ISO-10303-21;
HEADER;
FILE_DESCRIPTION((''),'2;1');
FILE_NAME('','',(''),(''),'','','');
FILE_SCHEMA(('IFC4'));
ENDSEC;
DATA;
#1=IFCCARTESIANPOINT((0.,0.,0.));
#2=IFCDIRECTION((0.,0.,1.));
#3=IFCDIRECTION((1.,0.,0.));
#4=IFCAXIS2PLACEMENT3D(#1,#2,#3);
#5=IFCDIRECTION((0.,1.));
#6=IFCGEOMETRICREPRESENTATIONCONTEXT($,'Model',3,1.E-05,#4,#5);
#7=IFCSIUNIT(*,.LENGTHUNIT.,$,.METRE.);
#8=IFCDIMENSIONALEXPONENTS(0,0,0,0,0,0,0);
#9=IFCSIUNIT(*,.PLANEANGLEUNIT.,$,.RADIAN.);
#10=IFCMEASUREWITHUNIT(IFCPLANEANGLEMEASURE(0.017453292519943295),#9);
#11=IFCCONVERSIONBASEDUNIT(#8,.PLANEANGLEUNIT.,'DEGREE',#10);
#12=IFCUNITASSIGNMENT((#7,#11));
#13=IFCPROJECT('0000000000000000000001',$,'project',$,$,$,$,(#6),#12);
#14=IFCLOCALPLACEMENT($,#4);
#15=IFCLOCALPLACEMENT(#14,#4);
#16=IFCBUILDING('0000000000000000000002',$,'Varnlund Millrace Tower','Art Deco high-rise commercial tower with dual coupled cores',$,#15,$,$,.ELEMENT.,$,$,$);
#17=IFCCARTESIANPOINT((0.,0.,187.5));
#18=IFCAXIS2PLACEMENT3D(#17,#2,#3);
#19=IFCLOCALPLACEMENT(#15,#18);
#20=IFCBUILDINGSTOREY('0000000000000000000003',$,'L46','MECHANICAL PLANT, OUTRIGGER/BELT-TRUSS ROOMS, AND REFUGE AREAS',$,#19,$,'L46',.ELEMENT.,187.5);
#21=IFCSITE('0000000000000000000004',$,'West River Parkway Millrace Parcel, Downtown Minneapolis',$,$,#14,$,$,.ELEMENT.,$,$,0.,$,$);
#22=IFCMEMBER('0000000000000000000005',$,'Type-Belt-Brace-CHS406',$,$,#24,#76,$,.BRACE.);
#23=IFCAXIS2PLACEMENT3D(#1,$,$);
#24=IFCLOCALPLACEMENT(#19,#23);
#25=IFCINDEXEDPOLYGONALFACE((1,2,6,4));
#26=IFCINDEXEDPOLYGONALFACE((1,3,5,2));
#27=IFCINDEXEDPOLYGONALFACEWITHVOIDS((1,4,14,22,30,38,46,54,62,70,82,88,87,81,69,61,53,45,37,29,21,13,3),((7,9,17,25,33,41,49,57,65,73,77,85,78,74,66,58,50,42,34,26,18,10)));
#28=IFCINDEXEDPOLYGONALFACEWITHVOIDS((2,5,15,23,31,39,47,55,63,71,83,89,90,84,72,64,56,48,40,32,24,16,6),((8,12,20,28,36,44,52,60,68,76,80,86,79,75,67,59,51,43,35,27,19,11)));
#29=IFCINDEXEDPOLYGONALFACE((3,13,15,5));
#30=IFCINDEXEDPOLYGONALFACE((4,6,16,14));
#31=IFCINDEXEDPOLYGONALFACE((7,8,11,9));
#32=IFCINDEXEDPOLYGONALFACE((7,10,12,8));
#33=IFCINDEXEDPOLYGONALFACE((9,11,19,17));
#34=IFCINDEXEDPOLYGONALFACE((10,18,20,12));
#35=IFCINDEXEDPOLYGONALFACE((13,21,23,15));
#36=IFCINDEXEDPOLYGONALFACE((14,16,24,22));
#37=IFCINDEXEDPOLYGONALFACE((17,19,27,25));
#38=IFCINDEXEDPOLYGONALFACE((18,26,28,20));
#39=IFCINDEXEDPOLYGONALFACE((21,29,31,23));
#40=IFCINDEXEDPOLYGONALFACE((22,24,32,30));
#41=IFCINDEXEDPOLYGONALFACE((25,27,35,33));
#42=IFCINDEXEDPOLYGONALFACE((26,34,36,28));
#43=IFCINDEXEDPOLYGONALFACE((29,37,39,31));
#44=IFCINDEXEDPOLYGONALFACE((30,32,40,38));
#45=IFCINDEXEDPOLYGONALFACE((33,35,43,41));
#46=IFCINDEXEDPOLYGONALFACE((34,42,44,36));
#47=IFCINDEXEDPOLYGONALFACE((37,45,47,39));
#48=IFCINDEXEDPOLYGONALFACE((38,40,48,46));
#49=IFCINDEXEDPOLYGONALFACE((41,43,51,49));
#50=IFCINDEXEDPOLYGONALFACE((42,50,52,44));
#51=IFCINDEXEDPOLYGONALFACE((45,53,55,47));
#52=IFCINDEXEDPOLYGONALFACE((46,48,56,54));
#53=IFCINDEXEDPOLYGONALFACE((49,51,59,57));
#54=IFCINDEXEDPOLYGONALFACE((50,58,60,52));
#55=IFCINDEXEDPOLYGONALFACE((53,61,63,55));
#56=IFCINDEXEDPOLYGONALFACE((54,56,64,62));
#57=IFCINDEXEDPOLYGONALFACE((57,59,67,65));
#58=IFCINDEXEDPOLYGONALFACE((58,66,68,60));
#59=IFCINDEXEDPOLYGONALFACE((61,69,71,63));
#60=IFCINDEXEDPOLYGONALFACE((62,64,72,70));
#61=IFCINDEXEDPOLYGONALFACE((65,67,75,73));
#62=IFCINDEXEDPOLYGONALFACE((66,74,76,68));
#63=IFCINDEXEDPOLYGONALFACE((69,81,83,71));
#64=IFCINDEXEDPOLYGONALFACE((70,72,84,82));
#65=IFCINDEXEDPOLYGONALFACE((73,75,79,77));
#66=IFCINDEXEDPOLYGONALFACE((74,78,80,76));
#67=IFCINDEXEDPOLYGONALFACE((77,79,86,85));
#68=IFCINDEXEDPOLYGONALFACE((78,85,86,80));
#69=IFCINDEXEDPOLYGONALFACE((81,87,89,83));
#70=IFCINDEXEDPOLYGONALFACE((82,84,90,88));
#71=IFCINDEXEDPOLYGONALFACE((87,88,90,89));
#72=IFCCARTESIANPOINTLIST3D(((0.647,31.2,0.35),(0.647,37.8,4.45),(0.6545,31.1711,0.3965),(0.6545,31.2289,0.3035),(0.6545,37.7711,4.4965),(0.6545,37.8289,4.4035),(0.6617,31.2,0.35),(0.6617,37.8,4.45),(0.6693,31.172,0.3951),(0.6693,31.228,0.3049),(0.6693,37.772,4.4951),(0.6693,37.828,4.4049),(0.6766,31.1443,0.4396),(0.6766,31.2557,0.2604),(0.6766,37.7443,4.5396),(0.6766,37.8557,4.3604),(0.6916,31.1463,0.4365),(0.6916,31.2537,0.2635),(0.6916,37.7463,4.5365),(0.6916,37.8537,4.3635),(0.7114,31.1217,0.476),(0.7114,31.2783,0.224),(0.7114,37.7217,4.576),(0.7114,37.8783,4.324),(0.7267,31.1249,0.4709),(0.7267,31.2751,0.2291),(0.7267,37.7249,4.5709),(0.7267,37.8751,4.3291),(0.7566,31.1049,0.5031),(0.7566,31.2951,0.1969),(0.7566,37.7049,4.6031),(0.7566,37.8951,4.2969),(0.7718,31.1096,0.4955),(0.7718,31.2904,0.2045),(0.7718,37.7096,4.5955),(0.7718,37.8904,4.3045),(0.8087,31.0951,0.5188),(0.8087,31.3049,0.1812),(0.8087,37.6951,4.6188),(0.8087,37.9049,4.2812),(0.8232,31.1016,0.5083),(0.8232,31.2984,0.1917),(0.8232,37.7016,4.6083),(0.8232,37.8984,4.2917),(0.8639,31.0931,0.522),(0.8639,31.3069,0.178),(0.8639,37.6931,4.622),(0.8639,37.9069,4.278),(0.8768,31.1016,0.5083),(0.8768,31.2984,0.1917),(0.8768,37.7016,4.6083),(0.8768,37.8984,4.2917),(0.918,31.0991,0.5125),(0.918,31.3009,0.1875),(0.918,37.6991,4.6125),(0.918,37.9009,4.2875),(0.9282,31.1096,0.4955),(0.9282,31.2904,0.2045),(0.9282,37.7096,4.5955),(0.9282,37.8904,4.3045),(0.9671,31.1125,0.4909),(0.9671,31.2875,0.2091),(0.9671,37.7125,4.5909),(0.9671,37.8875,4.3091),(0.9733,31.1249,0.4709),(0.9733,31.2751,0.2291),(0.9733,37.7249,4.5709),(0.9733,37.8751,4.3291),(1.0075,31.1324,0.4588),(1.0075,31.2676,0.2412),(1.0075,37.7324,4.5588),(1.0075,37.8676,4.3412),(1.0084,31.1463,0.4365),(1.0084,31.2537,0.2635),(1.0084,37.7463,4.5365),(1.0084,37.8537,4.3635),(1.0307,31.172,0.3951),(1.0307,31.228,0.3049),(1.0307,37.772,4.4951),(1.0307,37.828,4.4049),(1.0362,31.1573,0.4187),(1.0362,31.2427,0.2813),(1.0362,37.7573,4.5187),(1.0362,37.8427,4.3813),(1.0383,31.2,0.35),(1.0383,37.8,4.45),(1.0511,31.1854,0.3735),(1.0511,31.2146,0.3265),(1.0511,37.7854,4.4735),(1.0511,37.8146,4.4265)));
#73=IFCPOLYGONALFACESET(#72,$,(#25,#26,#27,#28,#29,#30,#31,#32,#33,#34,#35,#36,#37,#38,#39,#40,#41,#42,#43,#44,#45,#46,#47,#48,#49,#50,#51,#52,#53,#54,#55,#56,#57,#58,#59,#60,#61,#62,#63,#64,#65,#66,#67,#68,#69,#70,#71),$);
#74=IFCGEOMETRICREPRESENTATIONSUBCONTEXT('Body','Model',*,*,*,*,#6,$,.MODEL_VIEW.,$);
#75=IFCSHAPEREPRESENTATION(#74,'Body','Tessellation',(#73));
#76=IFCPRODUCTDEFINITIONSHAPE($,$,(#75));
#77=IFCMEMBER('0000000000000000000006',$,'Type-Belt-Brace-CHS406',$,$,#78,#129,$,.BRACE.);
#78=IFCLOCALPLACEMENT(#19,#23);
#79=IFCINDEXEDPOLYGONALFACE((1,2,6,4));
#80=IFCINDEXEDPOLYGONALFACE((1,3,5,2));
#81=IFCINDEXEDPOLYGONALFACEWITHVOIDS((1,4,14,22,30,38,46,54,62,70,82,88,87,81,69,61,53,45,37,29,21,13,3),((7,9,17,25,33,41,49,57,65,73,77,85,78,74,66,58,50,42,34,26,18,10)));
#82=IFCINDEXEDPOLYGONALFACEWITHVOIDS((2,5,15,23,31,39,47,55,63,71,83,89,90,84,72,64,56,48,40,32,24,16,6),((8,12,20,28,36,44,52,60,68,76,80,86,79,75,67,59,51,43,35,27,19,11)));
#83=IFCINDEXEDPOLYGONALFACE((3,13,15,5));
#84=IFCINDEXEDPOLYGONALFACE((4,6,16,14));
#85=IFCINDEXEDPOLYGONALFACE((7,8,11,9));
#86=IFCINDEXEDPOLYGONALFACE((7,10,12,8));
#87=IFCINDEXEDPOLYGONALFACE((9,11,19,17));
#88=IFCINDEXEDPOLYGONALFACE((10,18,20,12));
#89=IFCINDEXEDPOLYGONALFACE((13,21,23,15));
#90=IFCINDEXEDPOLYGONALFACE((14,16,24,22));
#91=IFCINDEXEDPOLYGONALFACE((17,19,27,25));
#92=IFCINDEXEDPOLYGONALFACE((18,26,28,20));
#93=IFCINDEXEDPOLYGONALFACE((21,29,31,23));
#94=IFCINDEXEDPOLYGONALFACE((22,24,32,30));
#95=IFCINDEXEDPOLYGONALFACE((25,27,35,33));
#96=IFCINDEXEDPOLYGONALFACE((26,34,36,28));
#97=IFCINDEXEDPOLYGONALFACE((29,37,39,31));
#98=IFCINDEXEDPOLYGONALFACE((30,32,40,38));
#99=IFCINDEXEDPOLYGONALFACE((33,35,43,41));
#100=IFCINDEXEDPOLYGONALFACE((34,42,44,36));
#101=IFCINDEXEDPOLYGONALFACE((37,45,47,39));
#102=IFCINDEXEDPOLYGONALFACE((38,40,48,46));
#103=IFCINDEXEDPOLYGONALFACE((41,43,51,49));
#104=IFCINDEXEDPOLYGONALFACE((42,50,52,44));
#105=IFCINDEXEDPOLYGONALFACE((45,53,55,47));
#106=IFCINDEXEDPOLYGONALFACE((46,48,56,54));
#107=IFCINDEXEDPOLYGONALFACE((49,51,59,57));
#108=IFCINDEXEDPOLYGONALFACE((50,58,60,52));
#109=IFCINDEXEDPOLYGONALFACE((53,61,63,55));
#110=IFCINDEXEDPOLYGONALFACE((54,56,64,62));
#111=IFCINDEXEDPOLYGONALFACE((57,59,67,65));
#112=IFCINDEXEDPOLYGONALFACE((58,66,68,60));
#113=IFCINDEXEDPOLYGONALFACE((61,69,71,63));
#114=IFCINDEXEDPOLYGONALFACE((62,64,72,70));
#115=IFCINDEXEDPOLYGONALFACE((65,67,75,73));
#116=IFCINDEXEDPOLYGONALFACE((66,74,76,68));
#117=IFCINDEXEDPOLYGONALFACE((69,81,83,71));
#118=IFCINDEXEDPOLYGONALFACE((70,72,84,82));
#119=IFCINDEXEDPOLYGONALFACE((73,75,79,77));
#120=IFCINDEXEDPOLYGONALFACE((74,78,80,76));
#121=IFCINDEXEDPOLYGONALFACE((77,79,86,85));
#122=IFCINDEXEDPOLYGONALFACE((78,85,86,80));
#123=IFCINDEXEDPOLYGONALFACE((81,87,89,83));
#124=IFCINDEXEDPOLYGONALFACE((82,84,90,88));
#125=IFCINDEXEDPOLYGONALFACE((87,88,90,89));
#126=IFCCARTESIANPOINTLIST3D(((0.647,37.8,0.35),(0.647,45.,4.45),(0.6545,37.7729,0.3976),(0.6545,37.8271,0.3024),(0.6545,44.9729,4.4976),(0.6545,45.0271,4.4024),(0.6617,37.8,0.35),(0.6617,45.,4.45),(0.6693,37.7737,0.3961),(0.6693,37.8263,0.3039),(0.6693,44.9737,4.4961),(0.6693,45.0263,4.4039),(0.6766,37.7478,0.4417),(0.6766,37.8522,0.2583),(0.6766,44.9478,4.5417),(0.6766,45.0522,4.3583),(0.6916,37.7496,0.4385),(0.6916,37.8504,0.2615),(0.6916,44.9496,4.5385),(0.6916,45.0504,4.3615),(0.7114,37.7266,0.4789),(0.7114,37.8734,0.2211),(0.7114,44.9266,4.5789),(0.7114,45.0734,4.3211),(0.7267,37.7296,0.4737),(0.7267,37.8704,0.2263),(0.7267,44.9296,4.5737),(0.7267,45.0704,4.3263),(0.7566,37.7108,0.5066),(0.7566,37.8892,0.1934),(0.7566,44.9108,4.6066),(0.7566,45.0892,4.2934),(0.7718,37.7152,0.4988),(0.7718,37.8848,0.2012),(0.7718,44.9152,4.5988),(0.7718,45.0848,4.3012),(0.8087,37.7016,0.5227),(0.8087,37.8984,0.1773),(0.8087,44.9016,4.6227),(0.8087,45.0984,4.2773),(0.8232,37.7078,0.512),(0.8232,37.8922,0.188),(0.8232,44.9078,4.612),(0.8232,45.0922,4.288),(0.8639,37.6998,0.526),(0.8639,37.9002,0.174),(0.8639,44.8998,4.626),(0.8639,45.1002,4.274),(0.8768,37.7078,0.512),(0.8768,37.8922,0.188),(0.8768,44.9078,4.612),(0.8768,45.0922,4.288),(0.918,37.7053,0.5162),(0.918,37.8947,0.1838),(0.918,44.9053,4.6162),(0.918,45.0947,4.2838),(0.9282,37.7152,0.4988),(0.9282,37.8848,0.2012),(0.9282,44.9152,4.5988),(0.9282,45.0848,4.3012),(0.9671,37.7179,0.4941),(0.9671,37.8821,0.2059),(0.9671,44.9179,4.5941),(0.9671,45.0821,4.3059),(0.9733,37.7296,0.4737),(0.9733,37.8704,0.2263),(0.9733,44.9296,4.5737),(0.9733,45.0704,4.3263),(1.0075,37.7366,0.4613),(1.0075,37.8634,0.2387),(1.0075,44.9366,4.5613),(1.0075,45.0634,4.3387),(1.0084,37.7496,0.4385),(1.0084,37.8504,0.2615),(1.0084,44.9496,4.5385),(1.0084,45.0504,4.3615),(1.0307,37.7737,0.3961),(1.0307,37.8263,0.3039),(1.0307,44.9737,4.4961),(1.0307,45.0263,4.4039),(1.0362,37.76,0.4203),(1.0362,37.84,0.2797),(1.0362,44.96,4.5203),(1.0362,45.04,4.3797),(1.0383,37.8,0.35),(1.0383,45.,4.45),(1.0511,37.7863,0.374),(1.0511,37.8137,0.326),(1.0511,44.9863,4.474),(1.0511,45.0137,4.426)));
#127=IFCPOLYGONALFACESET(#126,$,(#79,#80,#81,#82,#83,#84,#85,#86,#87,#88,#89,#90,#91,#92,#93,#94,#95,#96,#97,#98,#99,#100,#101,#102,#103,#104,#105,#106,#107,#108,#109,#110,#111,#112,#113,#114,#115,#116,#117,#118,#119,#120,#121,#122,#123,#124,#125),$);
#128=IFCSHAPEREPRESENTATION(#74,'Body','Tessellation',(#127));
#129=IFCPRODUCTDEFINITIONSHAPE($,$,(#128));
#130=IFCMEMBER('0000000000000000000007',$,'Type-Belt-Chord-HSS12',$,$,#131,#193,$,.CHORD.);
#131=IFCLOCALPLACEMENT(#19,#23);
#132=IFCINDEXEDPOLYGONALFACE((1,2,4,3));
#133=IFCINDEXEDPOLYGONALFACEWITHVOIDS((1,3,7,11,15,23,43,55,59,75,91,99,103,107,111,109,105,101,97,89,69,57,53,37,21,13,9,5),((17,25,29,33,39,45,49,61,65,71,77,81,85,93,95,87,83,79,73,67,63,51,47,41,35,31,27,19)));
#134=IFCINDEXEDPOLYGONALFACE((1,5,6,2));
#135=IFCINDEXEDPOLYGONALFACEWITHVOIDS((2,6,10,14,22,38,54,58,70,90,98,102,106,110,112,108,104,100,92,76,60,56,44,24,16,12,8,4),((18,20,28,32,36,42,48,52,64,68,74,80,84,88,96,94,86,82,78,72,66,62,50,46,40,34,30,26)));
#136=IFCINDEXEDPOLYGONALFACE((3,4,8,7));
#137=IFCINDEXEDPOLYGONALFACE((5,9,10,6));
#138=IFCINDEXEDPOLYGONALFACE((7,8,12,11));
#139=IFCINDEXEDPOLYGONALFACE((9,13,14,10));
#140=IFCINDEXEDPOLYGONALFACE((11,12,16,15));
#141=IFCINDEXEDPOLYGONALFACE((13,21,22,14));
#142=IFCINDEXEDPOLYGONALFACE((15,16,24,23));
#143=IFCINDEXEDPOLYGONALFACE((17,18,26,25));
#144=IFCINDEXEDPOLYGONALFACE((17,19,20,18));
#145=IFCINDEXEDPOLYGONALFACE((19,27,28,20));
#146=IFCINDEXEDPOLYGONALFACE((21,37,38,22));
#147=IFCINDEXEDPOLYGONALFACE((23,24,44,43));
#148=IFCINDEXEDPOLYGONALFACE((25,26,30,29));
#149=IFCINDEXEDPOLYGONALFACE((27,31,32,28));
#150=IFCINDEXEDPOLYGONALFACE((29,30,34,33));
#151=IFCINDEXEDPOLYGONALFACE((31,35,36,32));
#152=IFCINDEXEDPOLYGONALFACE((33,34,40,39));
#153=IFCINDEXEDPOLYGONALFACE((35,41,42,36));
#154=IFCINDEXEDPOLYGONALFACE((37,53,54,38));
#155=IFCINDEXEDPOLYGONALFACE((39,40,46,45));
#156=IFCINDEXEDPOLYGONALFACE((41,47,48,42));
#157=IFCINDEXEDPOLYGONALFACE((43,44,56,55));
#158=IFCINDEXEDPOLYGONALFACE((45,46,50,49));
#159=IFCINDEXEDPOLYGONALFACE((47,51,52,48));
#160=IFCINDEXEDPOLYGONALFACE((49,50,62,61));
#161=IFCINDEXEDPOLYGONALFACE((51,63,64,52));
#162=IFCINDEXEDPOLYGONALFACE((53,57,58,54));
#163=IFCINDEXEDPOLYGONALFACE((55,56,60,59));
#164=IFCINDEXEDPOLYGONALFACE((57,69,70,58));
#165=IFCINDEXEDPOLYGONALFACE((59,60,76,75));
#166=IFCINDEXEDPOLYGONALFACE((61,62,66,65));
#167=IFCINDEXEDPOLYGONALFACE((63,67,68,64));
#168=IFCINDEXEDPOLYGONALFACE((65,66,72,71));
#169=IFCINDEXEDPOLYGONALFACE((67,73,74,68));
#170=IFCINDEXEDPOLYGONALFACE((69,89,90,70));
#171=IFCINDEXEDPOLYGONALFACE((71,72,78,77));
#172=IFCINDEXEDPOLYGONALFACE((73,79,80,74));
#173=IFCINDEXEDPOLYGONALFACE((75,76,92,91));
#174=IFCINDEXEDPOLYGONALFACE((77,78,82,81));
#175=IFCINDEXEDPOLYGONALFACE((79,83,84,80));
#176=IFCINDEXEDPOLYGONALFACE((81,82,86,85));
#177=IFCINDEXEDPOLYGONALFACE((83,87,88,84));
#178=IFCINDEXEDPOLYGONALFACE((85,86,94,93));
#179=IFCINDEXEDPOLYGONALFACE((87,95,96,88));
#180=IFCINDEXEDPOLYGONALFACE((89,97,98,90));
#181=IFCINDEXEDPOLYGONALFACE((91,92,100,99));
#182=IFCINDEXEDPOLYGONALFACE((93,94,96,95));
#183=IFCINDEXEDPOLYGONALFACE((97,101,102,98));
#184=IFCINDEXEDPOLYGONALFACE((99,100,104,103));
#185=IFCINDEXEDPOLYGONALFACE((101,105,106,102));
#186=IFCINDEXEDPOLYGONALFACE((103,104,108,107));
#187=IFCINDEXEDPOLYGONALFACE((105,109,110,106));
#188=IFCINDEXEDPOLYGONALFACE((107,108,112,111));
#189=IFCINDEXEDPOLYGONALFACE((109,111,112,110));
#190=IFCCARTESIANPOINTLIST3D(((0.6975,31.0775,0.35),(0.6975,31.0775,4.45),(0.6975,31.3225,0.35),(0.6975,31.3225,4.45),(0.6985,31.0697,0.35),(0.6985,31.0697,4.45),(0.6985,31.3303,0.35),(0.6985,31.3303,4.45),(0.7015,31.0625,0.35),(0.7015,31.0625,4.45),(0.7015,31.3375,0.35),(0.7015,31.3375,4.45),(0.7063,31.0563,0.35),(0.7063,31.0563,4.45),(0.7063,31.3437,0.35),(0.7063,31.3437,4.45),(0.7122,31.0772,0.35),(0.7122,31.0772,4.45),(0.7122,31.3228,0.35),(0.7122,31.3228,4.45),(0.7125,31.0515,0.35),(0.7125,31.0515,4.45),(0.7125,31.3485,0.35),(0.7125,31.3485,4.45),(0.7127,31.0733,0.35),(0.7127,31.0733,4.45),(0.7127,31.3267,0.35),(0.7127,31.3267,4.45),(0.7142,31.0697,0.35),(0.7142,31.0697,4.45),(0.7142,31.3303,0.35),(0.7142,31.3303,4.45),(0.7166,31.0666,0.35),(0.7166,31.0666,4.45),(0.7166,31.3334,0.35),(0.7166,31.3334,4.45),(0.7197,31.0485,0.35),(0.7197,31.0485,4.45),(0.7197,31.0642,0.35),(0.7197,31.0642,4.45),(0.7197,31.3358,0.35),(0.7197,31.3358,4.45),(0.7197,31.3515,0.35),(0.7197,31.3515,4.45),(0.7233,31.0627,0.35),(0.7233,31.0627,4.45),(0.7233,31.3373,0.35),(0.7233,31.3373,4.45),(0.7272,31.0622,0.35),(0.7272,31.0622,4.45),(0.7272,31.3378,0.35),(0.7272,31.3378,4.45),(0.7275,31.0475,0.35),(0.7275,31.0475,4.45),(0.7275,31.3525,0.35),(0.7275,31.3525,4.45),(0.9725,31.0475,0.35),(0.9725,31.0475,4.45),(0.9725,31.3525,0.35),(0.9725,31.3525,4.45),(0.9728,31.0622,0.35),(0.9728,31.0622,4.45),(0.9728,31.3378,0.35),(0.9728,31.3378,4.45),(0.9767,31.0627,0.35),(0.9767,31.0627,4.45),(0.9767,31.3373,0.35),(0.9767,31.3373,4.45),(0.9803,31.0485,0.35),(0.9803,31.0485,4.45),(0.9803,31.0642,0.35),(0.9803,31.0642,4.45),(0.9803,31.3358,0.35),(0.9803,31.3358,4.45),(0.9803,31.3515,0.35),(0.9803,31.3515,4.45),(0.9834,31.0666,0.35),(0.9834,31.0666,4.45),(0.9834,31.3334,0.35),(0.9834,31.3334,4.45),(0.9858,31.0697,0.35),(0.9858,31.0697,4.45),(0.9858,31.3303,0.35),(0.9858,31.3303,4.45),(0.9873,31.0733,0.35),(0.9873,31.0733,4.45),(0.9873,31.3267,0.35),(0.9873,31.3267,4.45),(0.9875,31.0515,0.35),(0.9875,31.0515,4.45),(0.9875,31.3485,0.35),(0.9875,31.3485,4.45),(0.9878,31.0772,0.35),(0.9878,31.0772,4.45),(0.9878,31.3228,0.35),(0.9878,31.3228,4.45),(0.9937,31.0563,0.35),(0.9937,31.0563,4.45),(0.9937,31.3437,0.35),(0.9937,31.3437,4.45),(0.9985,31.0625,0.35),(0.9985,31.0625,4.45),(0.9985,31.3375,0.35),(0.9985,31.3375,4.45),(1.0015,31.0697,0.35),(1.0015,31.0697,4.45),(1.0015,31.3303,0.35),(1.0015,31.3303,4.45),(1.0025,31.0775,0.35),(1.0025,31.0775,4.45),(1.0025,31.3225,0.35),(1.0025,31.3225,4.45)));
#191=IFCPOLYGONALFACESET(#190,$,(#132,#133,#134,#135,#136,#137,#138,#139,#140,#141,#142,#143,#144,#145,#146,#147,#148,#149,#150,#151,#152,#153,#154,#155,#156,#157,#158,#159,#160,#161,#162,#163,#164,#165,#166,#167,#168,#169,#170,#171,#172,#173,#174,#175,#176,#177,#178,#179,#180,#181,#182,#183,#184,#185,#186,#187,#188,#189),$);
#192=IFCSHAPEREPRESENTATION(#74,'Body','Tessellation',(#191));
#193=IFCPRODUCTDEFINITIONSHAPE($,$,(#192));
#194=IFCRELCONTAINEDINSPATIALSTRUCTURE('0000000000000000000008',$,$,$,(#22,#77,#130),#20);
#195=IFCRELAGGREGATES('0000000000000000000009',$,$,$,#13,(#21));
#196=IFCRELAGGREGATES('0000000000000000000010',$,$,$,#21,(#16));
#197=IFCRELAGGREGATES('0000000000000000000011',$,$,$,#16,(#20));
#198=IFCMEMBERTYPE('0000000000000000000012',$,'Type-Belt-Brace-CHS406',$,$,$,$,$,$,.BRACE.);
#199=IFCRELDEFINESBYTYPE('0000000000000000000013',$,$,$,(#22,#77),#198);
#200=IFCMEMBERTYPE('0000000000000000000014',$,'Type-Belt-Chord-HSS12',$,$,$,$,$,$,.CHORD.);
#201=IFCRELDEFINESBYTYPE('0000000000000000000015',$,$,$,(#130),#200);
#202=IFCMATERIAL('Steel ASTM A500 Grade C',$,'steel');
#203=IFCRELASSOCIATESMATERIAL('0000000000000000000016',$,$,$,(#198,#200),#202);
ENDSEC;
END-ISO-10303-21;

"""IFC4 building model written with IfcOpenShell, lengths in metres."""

from ifc_helpers import new_model, entity, si_unit, converted_unit, direction, frame, origin_with_axes, origin_2d_with_axis, place, context, subcontext, project, spatial, hollow_rectangle, hollow_circle, extrude, material, material_profile, profile_set, type_object, element, save


model = new_model("IFC4")

# Units and contexts
model_context = context("Model", 3, precision=1e-05, world=origin_with_axes(), true_north=direction((0.0, 1.0)))
body_context = subcontext(model_context, "Body", "Model", "MODEL_VIEW")
ifc_project = project(units=[si_unit("LENGTHUNIT", "METRE"), converted_unit("PLANEANGLEUNIT", "DEGREE", entity("IfcPlaneAngleMeasure", 0.017453292519943295), si_unit("PLANEANGLEUNIT", "RADIAN"), dimensions=[0, 0, 0, 0, 0, 0, 0])], contexts=[model_context])

# Site, building, storey
site_placement = place(None, origin_with_axes())
site = spatial("IfcSite", under=ifc_project, at=site_placement, Name="West River Parkway Millrace Parcel, Downtown Minneapolis", CompositionType="ELEMENT", RefElevation=0.0)
building_placement = place(site_placement, origin_with_axes())
building = spatial("IfcBuilding", under=site, at=building_placement, Name="Varnlund Millrace Tower", Description="Art Deco high-rise commercial tower with dual coupled cores", CompositionType="ELEMENT")
storey_placement = place(building_placement, frame((0.0, 0.0, 187.5), z_axis=(0.0, 0.0, 1.0), x_axis=(1.0, 0.0, 0.0)))
storey = spatial("IfcBuildingStorey", under=building, at=storey_placement, Name="L46", Description="MECHANICAL PLANT, OUTRIGGER/BELT-TRUSS ROOMS, AND REFUGE AREAS", LongName="L46", CompositionType="ELEMENT", Elevation=187.5)

# Members
ifc_material_1 = material(Name="Steel ASTM A500 Grade C", Category="steel")
ifc_material_profile_1 = material_profile(ifc_material_1, hollow_circle(Radius=0.203, WallThickness=0.0147, at=origin_2d_with_axis()), Name="Steel ASTM A500 Grade C")
ifc_profile_set_1 = profile_set([ifc_material_profile_1], Name="Steel ASTM A500 Grade C")
member_type_1 = type_object("IfcMemberType", Name="Type-Belt-Brace-CHS406", PredefinedType="BRACE", material=ifc_profile_set_1)
member_1_placement = place(storey_placement, frame((0.85, 31.2, 0.35), z_axis=(0.0, 0.849441, 0.527683), x_axis=(-1.0, 0.0, 0.0)))
element("IfcMember", 1, at=member_1_placement, inside=storey, type_object=member_type_1, Name="Type-Belt-Brace-CHS406", PredefinedType="BRACE", context=body_context, shape_type="SweptSolid", body=[
    extrude(hollow_circle(Radius=0.203, WallThickness=0.0147, at=origin_2d_with_axis()), origin_with_axes(), (0.0, 0.0, 1.0), 7.7698),
])
member_2_placement = place(storey_placement, frame((0.85, 37.8, 0.35), z_axis=(0.0, 0.868985, 0.494839), x_axis=(-1.0, 0.0, 0.0)))
element("IfcMember", 2, at=member_2_placement, inside=storey, type_object=member_type_1, Name="Type-Belt-Brace-CHS406", PredefinedType="BRACE", context=body_context, shape_type="SweptSolid", body=[
    extrude(hollow_circle(Radius=0.203, WallThickness=0.0147, at=origin_2d_with_axis()), origin_with_axes(), (0.0, 0.0, 1.0), 8.2855),
])
ifc_material_profile_2 = material_profile(ifc_material_1, hollow_rectangle(XDim=0.305, YDim=0.305, WallThickness=0.0147, InnerFilletRadius=0.015, OuterFilletRadius=0.03, at=origin_2d_with_axis()), Name="Steel ASTM A500 Grade C")
ifc_profile_set_2 = profile_set([ifc_material_profile_2], Name="Steel ASTM A500 Grade C")
member_type_2 = type_object("IfcMemberType", Name="Type-Belt-Chord-HSS12", PredefinedType="CHORD", material=ifc_profile_set_2)
for number, where, z_axis, x_axis, name in (
    (3, (0.85, 31.2, 0.35), (0.0, 0.0, 1.0), (1.0, 0.0, 0.0), "Type-Belt-Chord-HSS12"),
):
    element("IfcMember", number, at=place(storey_placement, frame(where, z_axis=z_axis, x_axis=x_axis)), inside=storey, type_object=member_type_2, Name=name, PredefinedType="CHORD", context=body_context, shape_type="SweptSolid", body=[
        extrude(hollow_rectangle(XDim=0.305, YDim=0.305, WallThickness=0.0147, InnerFilletRadius=0.015, OuterFilletRadius=0.03, at=origin_2d_with_axis()), origin_with_axes(), (0.0, 0.0, 1.0), 4.1),
    ])

save(model, "model.ifc")
